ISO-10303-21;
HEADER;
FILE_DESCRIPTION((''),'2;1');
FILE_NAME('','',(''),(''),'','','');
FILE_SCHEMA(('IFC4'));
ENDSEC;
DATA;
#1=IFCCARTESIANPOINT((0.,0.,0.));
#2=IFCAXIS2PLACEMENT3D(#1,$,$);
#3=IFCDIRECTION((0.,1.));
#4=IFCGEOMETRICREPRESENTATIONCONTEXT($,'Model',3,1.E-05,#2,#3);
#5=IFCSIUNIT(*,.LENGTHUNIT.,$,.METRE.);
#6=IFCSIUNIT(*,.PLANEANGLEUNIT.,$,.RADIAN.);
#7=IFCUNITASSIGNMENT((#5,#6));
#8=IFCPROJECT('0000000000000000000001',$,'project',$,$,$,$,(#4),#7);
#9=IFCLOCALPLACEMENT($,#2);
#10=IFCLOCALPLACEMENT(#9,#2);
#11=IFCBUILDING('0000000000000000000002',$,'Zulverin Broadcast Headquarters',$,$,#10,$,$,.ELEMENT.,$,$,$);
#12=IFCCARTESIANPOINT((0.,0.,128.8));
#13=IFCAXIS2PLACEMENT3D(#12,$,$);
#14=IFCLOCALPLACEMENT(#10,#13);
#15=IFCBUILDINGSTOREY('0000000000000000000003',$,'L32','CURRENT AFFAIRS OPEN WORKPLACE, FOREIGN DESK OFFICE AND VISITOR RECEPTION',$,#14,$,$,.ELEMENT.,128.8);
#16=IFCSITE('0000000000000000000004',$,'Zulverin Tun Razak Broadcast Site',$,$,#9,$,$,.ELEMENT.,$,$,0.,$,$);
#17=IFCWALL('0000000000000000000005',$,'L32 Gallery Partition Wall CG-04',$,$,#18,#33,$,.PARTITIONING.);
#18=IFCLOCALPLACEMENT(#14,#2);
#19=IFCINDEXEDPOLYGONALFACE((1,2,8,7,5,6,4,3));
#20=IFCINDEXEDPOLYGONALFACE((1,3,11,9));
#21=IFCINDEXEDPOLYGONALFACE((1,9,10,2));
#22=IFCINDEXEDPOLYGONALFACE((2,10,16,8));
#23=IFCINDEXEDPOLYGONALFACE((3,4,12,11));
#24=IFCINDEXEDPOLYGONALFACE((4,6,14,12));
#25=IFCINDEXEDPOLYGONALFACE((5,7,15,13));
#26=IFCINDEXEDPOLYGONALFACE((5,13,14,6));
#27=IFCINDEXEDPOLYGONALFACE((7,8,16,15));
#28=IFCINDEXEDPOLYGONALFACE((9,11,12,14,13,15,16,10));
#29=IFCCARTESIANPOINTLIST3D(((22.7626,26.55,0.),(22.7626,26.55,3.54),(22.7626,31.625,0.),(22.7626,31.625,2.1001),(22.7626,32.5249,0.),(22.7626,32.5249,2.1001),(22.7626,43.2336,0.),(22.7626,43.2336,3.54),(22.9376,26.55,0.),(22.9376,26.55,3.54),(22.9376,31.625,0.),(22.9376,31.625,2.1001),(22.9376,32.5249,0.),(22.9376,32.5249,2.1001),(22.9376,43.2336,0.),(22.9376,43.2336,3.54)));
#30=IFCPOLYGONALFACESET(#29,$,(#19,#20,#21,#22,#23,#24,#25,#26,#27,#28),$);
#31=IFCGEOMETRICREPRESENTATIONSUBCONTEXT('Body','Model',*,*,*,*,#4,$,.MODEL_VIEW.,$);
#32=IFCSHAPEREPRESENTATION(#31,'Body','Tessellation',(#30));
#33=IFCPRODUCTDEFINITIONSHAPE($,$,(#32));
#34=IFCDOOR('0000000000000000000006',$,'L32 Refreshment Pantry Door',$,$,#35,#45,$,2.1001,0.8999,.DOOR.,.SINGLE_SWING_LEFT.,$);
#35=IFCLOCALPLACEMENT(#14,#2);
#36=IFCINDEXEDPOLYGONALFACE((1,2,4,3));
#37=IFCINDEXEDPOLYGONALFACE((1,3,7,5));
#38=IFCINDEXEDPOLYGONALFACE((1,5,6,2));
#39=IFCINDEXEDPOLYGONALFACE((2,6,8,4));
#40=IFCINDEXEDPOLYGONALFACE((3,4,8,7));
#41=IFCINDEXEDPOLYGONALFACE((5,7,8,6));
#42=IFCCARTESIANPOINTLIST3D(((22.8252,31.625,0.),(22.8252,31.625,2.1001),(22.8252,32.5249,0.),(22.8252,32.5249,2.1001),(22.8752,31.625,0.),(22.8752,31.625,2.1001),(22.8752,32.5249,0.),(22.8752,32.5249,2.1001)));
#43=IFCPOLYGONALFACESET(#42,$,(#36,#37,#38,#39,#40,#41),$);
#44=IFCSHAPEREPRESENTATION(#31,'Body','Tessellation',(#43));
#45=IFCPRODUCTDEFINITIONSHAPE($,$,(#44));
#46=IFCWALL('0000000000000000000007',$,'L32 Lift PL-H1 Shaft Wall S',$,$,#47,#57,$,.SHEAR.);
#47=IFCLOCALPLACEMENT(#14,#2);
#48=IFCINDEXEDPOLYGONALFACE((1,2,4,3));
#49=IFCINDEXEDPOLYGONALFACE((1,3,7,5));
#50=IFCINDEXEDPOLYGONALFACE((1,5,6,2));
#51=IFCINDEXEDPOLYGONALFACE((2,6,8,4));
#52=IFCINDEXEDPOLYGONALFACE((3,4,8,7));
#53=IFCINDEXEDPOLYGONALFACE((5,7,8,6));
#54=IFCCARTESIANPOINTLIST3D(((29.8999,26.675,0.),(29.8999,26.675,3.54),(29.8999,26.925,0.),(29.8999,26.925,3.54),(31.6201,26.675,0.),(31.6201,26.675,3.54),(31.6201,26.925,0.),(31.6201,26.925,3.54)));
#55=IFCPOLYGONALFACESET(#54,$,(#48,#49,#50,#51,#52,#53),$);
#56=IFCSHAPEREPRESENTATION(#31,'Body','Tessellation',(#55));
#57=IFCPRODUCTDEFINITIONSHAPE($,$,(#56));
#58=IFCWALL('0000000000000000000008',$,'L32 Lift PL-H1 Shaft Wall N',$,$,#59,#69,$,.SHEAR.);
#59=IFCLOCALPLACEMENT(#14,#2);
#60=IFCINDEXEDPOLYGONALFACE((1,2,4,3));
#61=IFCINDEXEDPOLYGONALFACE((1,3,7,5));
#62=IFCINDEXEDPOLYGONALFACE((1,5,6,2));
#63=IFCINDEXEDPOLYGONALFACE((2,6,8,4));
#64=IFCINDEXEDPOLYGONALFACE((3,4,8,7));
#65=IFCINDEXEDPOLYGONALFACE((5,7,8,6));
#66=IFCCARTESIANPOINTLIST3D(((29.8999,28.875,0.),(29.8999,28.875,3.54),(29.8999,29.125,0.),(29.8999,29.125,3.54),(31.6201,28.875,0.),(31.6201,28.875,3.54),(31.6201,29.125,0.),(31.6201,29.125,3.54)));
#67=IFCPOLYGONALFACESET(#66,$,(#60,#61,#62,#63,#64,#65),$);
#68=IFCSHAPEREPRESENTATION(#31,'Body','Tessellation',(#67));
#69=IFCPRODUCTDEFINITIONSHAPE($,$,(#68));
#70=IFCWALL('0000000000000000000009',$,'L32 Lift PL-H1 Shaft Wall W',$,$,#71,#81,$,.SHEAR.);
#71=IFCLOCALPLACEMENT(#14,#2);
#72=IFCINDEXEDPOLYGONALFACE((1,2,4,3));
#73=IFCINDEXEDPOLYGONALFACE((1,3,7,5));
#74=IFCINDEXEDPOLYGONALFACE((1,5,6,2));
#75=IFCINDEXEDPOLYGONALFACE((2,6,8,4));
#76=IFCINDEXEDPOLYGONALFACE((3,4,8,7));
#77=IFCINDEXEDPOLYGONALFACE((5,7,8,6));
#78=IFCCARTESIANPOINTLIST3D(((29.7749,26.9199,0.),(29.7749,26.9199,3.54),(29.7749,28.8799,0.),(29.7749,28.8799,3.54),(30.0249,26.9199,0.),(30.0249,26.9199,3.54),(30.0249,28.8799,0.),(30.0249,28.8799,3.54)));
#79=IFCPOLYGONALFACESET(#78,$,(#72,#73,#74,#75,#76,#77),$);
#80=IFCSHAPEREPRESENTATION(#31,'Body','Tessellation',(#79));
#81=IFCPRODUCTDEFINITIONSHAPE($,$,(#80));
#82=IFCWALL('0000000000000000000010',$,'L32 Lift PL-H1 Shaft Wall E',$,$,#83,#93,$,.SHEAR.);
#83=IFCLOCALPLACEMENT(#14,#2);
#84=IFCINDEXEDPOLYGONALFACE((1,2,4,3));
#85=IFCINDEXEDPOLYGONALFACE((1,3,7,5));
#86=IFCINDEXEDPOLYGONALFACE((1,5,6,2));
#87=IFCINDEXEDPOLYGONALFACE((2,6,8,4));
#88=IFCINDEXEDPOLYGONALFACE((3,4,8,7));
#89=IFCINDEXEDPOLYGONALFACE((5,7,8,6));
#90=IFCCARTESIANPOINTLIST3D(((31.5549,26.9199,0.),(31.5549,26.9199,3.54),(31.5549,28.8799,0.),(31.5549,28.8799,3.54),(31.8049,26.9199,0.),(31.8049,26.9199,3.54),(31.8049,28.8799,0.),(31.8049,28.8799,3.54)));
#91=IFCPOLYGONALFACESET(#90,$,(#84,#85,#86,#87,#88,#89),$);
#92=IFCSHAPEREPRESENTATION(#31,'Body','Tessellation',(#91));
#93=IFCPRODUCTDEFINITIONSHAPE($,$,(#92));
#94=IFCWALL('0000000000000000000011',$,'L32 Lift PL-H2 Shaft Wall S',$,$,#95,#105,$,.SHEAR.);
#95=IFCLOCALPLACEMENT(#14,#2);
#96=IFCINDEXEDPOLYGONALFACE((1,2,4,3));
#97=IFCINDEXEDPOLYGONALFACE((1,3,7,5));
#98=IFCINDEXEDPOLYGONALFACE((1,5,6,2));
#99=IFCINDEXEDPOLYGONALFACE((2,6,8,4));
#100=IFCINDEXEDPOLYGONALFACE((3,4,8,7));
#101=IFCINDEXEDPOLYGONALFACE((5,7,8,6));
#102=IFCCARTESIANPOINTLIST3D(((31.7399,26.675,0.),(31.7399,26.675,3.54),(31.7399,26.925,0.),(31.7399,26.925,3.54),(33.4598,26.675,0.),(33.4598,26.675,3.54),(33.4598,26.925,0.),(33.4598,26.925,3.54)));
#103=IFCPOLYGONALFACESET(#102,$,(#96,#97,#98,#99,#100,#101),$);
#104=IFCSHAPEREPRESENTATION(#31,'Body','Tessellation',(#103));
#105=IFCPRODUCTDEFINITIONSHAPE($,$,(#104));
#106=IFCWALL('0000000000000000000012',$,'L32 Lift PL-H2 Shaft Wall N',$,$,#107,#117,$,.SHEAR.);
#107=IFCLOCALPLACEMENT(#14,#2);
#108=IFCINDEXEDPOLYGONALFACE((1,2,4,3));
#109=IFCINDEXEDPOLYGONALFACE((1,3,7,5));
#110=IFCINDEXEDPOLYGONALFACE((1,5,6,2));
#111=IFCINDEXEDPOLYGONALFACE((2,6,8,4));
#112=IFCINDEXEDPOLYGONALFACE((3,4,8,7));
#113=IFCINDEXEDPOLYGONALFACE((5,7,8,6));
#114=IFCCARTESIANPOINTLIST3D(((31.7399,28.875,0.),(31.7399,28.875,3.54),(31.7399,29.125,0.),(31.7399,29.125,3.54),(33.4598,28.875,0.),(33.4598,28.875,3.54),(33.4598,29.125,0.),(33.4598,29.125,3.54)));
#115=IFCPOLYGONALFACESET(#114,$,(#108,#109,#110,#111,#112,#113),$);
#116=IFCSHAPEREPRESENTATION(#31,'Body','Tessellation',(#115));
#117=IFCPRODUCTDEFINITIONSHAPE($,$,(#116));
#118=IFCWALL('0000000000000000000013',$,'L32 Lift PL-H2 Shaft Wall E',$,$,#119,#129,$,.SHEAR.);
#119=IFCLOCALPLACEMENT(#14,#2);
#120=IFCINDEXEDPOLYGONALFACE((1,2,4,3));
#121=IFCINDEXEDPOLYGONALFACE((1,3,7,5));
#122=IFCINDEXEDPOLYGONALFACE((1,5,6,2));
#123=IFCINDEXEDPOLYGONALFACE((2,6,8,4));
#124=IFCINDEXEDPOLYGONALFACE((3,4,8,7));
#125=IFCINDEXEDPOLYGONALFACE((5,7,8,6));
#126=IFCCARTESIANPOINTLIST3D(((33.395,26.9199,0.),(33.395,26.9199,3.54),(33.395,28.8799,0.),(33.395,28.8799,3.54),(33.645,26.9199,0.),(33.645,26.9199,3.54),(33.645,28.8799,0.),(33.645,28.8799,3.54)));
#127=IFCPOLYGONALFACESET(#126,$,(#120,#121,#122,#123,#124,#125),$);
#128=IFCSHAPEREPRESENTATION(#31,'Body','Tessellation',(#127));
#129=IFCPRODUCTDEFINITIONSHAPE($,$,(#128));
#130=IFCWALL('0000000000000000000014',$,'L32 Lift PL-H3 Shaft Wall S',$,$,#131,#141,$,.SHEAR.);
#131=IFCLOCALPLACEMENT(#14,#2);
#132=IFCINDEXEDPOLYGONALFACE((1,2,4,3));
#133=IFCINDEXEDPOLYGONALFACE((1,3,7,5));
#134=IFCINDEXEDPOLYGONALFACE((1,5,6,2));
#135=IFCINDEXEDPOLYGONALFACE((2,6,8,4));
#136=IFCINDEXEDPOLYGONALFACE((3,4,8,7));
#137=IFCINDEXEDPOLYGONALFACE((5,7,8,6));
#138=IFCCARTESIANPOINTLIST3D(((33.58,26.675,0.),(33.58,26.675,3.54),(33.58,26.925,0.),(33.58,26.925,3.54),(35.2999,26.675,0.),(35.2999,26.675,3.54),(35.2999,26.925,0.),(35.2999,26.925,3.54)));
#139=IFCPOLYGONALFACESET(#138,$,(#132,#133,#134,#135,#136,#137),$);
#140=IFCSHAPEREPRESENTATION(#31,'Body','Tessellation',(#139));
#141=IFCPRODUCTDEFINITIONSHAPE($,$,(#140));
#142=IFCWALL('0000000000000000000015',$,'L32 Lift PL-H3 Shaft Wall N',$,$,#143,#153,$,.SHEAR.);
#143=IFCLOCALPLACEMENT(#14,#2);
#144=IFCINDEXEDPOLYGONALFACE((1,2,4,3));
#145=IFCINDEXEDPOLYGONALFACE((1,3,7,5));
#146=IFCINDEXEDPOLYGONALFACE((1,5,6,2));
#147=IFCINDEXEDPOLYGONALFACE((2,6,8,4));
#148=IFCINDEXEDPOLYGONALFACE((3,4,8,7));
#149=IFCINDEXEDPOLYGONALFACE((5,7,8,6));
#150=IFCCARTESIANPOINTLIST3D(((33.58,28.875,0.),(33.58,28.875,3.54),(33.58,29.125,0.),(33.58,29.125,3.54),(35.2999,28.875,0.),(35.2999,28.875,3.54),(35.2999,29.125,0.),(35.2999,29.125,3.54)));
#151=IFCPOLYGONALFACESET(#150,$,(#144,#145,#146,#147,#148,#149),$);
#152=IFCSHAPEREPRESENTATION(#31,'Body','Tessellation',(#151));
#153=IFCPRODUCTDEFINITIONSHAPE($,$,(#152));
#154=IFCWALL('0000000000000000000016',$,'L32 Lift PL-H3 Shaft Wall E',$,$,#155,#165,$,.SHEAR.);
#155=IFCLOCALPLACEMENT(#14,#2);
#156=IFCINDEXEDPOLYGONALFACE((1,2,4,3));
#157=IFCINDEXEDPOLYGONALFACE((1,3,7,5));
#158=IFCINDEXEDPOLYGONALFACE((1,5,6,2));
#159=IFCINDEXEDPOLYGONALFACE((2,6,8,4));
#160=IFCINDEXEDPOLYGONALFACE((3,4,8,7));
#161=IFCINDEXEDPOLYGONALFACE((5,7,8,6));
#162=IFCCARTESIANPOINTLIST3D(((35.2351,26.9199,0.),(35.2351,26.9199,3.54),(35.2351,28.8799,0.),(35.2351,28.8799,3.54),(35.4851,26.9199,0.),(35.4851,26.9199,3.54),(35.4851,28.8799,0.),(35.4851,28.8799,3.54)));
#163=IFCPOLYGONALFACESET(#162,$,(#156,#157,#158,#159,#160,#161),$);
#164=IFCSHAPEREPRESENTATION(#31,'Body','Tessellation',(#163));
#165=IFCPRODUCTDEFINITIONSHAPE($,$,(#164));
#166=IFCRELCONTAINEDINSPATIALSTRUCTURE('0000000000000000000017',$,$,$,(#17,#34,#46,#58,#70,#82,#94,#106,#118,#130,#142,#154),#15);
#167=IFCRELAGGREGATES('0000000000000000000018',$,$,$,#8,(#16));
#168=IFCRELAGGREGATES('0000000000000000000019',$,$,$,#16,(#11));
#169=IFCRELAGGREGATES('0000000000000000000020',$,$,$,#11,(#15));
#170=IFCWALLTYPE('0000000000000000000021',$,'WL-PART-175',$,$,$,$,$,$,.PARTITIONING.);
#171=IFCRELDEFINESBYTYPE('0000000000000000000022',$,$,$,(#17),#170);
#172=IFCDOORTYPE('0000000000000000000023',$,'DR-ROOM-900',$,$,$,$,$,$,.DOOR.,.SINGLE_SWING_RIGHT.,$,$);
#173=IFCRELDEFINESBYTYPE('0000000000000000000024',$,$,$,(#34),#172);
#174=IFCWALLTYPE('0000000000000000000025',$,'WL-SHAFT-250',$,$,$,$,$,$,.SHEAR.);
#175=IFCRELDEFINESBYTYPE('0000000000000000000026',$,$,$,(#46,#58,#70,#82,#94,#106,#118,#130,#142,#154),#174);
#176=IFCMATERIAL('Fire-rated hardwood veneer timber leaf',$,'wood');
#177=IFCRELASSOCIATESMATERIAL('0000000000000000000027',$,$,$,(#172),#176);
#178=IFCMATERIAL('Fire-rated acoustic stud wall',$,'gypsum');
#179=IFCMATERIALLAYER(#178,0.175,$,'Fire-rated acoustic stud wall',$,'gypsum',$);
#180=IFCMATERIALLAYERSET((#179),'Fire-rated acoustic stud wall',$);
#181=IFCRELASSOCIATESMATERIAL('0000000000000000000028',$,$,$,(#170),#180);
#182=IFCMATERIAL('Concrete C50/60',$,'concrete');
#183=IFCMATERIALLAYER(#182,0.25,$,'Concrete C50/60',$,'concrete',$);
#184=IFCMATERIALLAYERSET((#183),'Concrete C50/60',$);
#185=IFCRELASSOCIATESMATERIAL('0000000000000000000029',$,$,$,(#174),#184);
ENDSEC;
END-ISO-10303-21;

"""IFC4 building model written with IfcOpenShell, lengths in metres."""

from ifc_helpers import new_model, si_unit, direction, frame, frame_2d, origin, place, context, subcontext, project, spatial, rectangle, extrude, material, layer, layer_set, type_object, element, fill, save


model = new_model("IFC4")

# Units and contexts
model_context = context("Model", 3, precision=1e-05, world=origin(), true_north=direction((0.0, 1.0)))
body_context = subcontext(model_context, "Body", "Model", "MODEL_VIEW")
ifc_project = project(units=[si_unit("LENGTHUNIT", "METRE"), si_unit("PLANEANGLEUNIT", "RADIAN")], contexts=[model_context])

# Site, building, storey
site_placement = place(None, origin())
site = spatial("IfcSite", under=ifc_project, at=site_placement, Name="Zulverin Tun Razak Broadcast Site", CompositionType="ELEMENT", RefElevation=0.0)
building_placement = place(site_placement, origin())
building = spatial("IfcBuilding", under=site, at=building_placement, Name="Zulverin Broadcast Headquarters", CompositionType="ELEMENT")
storey_placement = place(building_placement, frame((0.0, 0.0, 128.8)))
storey = spatial("IfcBuildingStorey", under=building, at=storey_placement, Name="L32", Description="CURRENT AFFAIRS OPEN WORKPLACE, FOREIGN DESK OFFICE AND VISITOR RECEPTION", CompositionType="ELEMENT", Elevation=128.8)

# Shared definitions
ifc_material_1 = material(Name="Fire-rated hardwood veneer timber leaf", Category="wood")
door_type_1 = type_object("IfcDoorType", Name="DR-ROOM-900", OperationType="SINGLE_SWING_RIGHT", PredefinedType="DOOR", material=ifc_material_1)

# Wall, opening, door
ifc_material_2 = material(Name="Fire-rated acoustic stud wall", Category="gypsum")
ifc_layer_1 = layer(ifc_material_2, 0.175, Name="Fire-rated acoustic stud wall", Category="gypsum")
ifc_layer_set_1 = layer_set([ifc_layer_1], Name="Fire-rated acoustic stud wall")
wall_type_1 = type_object("IfcWallType", Name="WL-PART-175", PredefinedType="PARTITIONING", material=ifc_layer_set_1)
wall_1_placement = place(storey_placement, frame((22.8501, 26.55, 0.0), z_axis=(0.0, 0.0, 1.0), x_axis=(0.0, 1.0, 0.0)))
wall_1 = element("IfcWall", 1, at=wall_1_placement, inside=storey, type_object=wall_type_1, Name="L32 Gallery Partition Wall CG-04", PredefinedType="PARTITIONING", context=body_context, shape_type="SweptSolid", body=[
    extrude(rectangle(XDim=16.6836, YDim=0.175, at=frame_2d((8.3418, 0.0))), origin(), (0.0, 0.0, 1.0), 3.54),
])
opening_1_placement = place(wall_1_placement, frame((5.075, 0.0, 0.0)))
opening_1 = element("IfcOpeningElement", 2, at=opening_1_placement, cuts=wall_1, PredefinedType="OPENING", context=body_context, shape_type="SweptSolid", body=[
    extrude(rectangle(XDim=0.8999, YDim=2.1001, at=frame_2d((0.45, 1.05))), frame((0.0, 0.0974, 0.0), z_axis=(0.0, -1.0, 0.0), x_axis=(1.0, 0.0, 0.0)), (0.0, 0.0, 1.0), 0.1951),
])
door_1_placement = place(opening_1_placement, origin())
door_1 = element("IfcDoor", 3, at=door_1_placement, inside=storey, type_object=door_type_1, Name="L32 Refreshment Pantry Door", OperationType="SINGLE_SWING_LEFT", OverallHeight=2.1001, OverallWidth=0.8999, PredefinedType="DOOR", context=body_context, shape_type="SweptSolid", body=[
    extrude(rectangle(XDim=0.8999, YDim=2.1001, at=frame_2d((0.45, 1.05))), frame((0.0, 0.0249, 0.0), z_axis=(0.0, -1.0, 0.0), x_axis=(1.0, 0.0, 0.0)), (0.0, 0.0, 1.0), 0.05),
])
fill(opening_1, door_1)

# Walls
ifc_material_3 = material(Name="Concrete C50/60", Category="concrete")
ifc_layer_2 = layer(ifc_material_3, 0.25, Name="Concrete C50/60", Category="concrete")
ifc_layer_set_2 = layer_set([ifc_layer_2], Name="Concrete C50/60")
wall_type_2 = type_object("IfcWallType", Name="WL-SHAFT-250", PredefinedType="SHEAR", material=ifc_layer_set_2)
for number, where, z_axis, x_axis, name in (
    (4, (29.8999, 26.8, 0.0), (0.0, 0.0, 1.0), (1.0, 0.0, 0.0), "L32 Lift PL-H1 Shaft Wall S"),
    (5, (29.8999, 29.0, 0.0), (0.0, 0.0, 1.0), (1.0, 0.0, 0.0), "L32 Lift PL-H1 Shaft Wall N"),
):
    element("IfcWall", number, at=place(storey_placement, frame(where, z_axis=z_axis, x_axis=x_axis)), inside=storey, type_object=wall_type_2, Name=name, PredefinedType="SHEAR", context=body_context, shape_type="SweptSolid", body=[
        extrude(rectangle(XDim=1.7202, YDim=0.25, at=frame_2d((0.8601, 0.0))), origin(), (0.0, 0.0, 1.0), 3.54),
    ])
for number, where, z_axis, x_axis, name in (
    (6, (29.8999, 26.9199, 0.0), (0.0, 0.0, 1.0), (0.0, 1.0, 0.0), "L32 Lift PL-H1 Shaft Wall W"),
    (7, (31.6799, 26.9199, 0.0), (0.0, 0.0, 1.0), (0.0, 1.0, 0.0), "L32 Lift PL-H1 Shaft Wall E"),
):
    element("IfcWall", number, at=place(storey_placement, frame(where, z_axis=z_axis, x_axis=x_axis)), inside=storey, type_object=wall_type_2, Name=name, PredefinedType="SHEAR", context=body_context, shape_type="SweptSolid", body=[
        extrude(rectangle(XDim=1.96, YDim=0.25, at=frame_2d((0.98, 0.0))), origin(), (0.0, 0.0, 1.0), 3.54),
    ])
for number, where, z_axis, x_axis, name in (
    (8, (31.74, 26.8, 0.0), (0.0, 0.0, 1.0), (1.0, 0.0, 0.0), "L32 Lift PL-H2 Shaft Wall S"),
    (9, (31.74, 29.0, 0.0), (0.0, 0.0, 1.0), (1.0, 0.0, 0.0), "L32 Lift PL-H2 Shaft Wall N"),
):
    element("IfcWall", number, at=place(storey_placement, frame(where, z_axis=z_axis, x_axis=x_axis)), inside=storey, type_object=wall_type_2, Name=name, PredefinedType="SHEAR", context=body_context, shape_type="SweptSolid", body=[
        extrude(rectangle(XDim=1.72, YDim=0.25, at=frame_2d((0.8599, 0.0))), origin(), (0.0, 0.0, 1.0), 3.54),
    ])
wall_2_placement = place(storey_placement, frame((33.52, 26.9199, 0.0), z_axis=(0.0, 0.0, 1.0), x_axis=(0.0, 1.0, 0.0)))
element("IfcWall", 10, at=wall_2_placement, inside=storey, type_object=wall_type_2, Name="L32 Lift PL-H2 Shaft Wall E", PredefinedType="SHEAR", context=body_context, shape_type="SweptSolid", body=[
    extrude(rectangle(XDim=1.96, YDim=0.25, at=frame_2d((0.98, 0.0))), origin(), (0.0, 0.0, 1.0), 3.54),
])
for number, where, z_axis, x_axis, name in (
    (11, (33.5801, 26.8, 0.0), (0.0, 0.0, 1.0), (1.0, 0.0, 0.0), "L32 Lift PL-H3 Shaft Wall S"),
    (12, (33.5801, 29.0, 0.0), (0.0, 0.0, 1.0), (1.0, 0.0, 0.0), "L32 Lift PL-H3 Shaft Wall N"),
):
    element("IfcWall", number, at=place(storey_placement, frame(where, z_axis=z_axis, x_axis=x_axis)), inside=storey, type_object=wall_type_2, Name=name, PredefinedType="SHEAR", context=body_context, shape_type="SweptSolid", body=[
        extrude(rectangle(XDim=1.72, YDim=0.25, at=frame_2d((0.8599, 0.0))), origin(), (0.0, 0.0, 1.0), 3.54),
    ])
wall_3_placement = place(storey_placement, frame((35.3601, 26.9199, 0.0), z_axis=(0.0, 0.0, 1.0), x_axis=(0.0, 1.0, 0.0)))
element("IfcWall", 13, at=wall_3_placement, inside=storey, type_object=wall_type_2, Name="L32 Lift PL-H3 Shaft Wall E", PredefinedType="SHEAR", context=body_context, shape_type="SweptSolid", body=[
    extrude(rectangle(XDim=1.96, YDim=0.25, at=frame_2d((0.98, 0.0))), origin(), (0.0, 0.0, 1.0), 3.54),
])

save(model, "model.ifc")
